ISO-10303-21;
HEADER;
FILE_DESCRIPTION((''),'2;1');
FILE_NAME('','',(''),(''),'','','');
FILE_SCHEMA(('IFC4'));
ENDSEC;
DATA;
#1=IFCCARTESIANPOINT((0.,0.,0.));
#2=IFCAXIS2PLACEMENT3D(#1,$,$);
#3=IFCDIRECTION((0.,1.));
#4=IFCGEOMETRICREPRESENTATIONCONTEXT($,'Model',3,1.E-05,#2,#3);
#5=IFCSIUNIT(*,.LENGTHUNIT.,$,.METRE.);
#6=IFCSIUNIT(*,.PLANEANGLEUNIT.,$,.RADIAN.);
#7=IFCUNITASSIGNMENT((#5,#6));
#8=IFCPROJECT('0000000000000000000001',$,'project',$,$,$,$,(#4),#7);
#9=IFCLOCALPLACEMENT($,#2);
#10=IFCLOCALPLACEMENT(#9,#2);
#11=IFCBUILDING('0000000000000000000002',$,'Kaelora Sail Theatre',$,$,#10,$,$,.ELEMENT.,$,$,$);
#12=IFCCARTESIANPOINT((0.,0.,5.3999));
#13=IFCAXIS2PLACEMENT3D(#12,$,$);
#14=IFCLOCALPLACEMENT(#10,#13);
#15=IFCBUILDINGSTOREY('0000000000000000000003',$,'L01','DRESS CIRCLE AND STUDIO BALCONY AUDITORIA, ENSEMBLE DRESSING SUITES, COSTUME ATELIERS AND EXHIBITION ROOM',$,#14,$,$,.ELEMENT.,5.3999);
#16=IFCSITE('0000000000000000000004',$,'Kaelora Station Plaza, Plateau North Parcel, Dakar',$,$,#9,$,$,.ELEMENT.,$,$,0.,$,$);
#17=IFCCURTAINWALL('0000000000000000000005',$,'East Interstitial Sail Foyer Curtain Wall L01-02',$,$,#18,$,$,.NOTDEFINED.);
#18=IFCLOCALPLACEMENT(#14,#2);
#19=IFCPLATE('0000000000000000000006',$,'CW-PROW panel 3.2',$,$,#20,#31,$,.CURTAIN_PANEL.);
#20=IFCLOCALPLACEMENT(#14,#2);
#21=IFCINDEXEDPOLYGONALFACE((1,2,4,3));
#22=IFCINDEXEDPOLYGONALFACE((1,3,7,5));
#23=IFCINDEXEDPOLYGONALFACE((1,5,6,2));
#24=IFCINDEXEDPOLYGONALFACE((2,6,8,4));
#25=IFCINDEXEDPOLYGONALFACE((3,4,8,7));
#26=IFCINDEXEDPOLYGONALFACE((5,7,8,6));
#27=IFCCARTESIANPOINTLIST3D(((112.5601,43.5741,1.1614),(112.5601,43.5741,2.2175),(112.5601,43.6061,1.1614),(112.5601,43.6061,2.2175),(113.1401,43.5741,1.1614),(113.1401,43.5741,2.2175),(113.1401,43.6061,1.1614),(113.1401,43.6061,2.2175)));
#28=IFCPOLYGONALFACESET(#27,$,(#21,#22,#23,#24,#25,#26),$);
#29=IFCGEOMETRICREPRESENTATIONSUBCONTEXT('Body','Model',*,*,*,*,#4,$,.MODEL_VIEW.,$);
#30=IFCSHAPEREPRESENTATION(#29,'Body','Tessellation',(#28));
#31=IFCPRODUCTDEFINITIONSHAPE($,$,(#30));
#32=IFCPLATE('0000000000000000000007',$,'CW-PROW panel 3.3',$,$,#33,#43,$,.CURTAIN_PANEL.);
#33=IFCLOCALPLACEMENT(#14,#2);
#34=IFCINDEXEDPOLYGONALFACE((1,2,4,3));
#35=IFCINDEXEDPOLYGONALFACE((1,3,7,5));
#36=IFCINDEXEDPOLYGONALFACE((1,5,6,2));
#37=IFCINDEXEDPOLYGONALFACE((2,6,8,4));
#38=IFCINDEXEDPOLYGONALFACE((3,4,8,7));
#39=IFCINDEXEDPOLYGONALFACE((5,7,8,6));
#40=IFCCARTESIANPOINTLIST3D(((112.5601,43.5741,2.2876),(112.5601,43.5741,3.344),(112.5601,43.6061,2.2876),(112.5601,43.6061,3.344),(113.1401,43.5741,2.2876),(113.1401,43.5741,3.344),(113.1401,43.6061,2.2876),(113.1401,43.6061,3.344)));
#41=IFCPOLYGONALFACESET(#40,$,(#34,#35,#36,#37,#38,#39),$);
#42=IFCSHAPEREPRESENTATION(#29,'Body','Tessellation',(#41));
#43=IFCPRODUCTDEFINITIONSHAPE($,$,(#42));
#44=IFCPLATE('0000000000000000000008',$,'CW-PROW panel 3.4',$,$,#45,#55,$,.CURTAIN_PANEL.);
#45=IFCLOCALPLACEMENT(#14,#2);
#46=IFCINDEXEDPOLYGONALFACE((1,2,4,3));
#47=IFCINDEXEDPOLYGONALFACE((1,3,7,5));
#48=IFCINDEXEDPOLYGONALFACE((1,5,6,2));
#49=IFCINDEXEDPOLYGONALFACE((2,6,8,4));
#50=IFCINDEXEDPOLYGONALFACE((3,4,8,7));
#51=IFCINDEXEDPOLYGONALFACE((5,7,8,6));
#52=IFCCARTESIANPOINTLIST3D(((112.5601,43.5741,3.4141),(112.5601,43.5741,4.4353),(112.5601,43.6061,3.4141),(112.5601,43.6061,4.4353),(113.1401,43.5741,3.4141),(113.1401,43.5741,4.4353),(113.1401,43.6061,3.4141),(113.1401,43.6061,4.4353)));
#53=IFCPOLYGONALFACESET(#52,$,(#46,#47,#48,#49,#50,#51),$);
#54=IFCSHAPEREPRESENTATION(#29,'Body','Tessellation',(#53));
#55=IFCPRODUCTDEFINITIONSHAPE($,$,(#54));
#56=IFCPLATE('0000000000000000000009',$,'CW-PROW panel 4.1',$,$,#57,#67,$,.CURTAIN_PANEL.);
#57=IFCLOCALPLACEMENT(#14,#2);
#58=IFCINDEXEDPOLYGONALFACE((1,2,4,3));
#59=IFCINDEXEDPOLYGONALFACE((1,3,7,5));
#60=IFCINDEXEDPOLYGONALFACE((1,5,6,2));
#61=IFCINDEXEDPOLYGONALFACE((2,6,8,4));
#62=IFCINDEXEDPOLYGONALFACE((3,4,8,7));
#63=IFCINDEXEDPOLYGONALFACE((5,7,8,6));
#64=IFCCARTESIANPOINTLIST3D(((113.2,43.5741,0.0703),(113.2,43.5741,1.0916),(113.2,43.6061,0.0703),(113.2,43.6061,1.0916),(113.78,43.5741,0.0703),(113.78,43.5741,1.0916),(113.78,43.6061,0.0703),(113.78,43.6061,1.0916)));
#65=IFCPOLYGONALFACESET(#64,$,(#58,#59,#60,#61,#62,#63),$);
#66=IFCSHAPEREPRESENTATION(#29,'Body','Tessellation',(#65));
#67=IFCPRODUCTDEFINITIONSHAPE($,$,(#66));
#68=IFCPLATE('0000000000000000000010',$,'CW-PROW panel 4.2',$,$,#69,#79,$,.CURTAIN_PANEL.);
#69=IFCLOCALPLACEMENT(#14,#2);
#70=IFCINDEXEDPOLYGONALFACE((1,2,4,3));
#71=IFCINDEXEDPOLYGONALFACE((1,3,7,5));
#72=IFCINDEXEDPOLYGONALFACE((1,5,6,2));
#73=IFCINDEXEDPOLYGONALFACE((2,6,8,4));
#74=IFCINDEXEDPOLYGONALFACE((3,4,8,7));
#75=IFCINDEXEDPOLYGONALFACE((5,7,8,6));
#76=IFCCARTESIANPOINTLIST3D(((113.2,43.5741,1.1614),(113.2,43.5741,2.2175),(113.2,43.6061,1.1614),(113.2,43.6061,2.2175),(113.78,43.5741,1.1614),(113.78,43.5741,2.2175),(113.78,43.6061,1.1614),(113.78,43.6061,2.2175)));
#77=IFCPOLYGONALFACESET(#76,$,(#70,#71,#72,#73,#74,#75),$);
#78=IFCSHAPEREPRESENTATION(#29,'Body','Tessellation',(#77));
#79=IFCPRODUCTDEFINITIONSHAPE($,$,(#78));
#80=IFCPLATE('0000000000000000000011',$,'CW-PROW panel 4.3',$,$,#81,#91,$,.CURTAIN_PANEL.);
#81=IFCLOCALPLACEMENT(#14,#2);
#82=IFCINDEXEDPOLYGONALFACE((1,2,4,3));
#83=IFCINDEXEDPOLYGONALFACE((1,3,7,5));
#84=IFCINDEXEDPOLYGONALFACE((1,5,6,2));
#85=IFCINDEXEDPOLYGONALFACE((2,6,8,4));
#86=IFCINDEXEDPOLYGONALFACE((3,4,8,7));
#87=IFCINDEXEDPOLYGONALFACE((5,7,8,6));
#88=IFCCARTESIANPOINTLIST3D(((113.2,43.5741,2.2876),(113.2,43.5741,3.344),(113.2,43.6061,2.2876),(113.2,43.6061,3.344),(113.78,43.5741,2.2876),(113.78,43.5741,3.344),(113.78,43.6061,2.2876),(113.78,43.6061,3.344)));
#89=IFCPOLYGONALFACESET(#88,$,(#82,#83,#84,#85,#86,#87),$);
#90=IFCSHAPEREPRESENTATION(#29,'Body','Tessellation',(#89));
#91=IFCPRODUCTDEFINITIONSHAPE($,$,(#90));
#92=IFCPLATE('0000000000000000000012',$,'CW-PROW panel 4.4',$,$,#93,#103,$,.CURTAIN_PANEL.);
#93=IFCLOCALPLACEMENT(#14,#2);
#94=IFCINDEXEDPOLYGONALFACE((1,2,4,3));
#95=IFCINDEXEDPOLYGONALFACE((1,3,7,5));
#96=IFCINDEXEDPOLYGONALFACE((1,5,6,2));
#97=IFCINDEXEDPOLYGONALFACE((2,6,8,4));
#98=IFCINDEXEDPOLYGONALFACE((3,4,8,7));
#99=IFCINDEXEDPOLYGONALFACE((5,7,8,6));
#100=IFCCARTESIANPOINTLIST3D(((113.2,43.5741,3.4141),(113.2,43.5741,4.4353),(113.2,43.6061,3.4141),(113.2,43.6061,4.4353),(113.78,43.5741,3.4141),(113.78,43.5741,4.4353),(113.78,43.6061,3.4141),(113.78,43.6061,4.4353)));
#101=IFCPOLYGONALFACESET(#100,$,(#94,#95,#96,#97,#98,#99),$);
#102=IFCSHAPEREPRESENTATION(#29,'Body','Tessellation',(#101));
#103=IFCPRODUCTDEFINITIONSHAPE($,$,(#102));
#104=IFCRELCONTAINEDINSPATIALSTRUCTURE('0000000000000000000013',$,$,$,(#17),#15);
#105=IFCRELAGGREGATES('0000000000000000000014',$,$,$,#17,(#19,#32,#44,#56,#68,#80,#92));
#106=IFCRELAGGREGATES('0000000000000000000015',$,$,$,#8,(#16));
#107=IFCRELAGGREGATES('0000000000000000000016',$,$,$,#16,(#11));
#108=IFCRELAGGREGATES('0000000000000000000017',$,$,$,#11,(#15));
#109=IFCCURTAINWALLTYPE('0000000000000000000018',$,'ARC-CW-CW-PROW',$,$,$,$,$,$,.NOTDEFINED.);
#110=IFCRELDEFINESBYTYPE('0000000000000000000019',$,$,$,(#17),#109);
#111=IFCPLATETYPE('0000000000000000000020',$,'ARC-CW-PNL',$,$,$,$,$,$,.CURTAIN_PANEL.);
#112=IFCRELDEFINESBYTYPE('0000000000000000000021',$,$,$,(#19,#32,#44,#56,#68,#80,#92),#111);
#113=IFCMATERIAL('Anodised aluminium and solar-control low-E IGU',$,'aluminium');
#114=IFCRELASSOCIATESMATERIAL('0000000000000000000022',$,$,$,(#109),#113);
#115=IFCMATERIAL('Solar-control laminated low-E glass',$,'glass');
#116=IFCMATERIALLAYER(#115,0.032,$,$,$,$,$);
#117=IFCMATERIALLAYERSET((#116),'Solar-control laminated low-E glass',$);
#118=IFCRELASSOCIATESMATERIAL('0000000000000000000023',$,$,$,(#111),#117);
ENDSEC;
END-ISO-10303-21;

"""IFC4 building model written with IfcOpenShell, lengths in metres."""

from ifc_helpers import new_model, si_unit, direction, frame, origin, origin_2d, place, context, subcontext, project, spatial, rectangle, extrude, material, layer, layer_set, type_object, element, aggregate, save


model = new_model("IFC4")

# Units and contexts
model_context = context("Model", 3, precision=1e-05, world=origin(), true_north=direction((0.0, 1.0)))
body_context = subcontext(model_context, "Body", "Model", "MODEL_VIEW")
ifc_project = project(units=[si_unit("LENGTHUNIT", "METRE"), si_unit("PLANEANGLEUNIT", "RADIAN")], contexts=[model_context])

# Site, building, storey
site_placement = place(None, origin())
site = spatial("IfcSite", under=ifc_project, at=site_placement, Name="Kaelora Station Plaza, Plateau North Parcel, Dakar", CompositionType="ELEMENT", RefElevation=0.0)
building_placement = place(site_placement, origin())
building = spatial("IfcBuilding", under=site, at=building_placement, Name="Kaelora Sail Theatre", CompositionType="ELEMENT")
storey_placement = place(building_placement, frame((0.0, 0.0, 5.3999)))
storey = spatial("IfcBuildingStorey", under=building, at=storey_placement, Name="L01", Description="DRESS CIRCLE AND STUDIO BALCONY AUDITORIA, ENSEMBLE DRESSING SUITES, COSTUME ATELIERS AND EXHIBITION ROOM", CompositionType="ELEMENT", Elevation=5.3999)

# Curtain wall
ifc_material_1 = material(Name="Anodised aluminium and solar-control low-E IGU", Category="aluminium")
curtain_wall_type = type_object("IfcCurtainWallType", Name="ARC-CW-CW-PROW", PredefinedType="NOTDEFINED", material=ifc_material_1)
curtain_wall_placement = place(storey_placement, origin())
curtain_wall = element("IfcCurtainWall", 1, at=curtain_wall_placement, inside=storey, type_object=curtain_wall_type, Name="East Interstitial Sail Foyer Curtain Wall L01-02", PredefinedType="NOTDEFINED")

# Plates
ifc_material_2 = material(Name="Solar-control laminated low-E glass", Category="glass")
ifc_layer = layer(ifc_material_2, 0.032)
ifc_layer_set = layer_set([ifc_layer], Name="Solar-control laminated low-E glass")
plate_type = type_object("IfcPlateType", Name="ARC-CW-PNL", PredefinedType="CURTAIN_PANEL", material=ifc_layer_set)
plate_1_placement = place(storey_placement, frame((112.8501, 43.5901, 1.1614), z_axis=(0.0, 0.0, 1.0), x_axis=(1.0, 0.0, 0.0)))
plate_1 = element("IfcPlate", 2, at=plate_1_placement, type_object=plate_type, Name="CW-PROW panel 3.2", PredefinedType="CURTAIN_PANEL", context=body_context, shape_type="SweptSolid", body=[
    extrude(rectangle(XDim=0.5801, YDim=0.032, at=origin_2d()), origin(), (0.0, 0.0, 1.0), 1.0562),
])
plate_2_placement = place(storey_placement, frame((112.8501, 43.5901, 2.2876), z_axis=(0.0, 0.0, 1.0), x_axis=(1.0, 0.0, 0.0)))
plate_2 = element("IfcPlate", 3, at=plate_2_placement, type_object=plate_type, Name="CW-PROW panel 3.3", PredefinedType="CURTAIN_PANEL", context=body_context, shape_type="SweptSolid", body=[
    extrude(rectangle(XDim=0.5801, YDim=0.032, at=origin_2d()), origin(), (0.0, 0.0, 1.0), 1.0564),
])
plate_3_placement = place(storey_placement, frame((112.8501, 43.5901, 3.4141), z_axis=(0.0, 0.0, 1.0), x_axis=(1.0, 0.0, 0.0)))
plate_3 = element("IfcPlate", 4, at=plate_3_placement, type_object=plate_type, Name="CW-PROW panel 3.4", PredefinedType="CURTAIN_PANEL", context=body_context, shape_type="SweptSolid", body=[
    extrude(rectangle(XDim=0.5801, YDim=0.032, at=origin_2d()), origin(), (0.0, 0.0, 1.0), 1.0212),
])
plate_4_placement = place(storey_placement, frame((113.49, 43.5901, 0.0703), z_axis=(0.0, 0.0, 1.0), x_axis=(1.0, 0.0, 0.0)))
plate_4 = element("IfcPlate", 5, at=plate_4_placement, type_object=plate_type, Name="CW-PROW panel 4.1", PredefinedType="CURTAIN_PANEL", context=body_context, shape_type="SweptSolid", body=[
    extrude(rectangle(XDim=0.5801, YDim=0.032, at=origin_2d()), origin(), (0.0, 0.0, 1.0), 1.0212),
])
plate_5_placement = place(storey_placement, frame((113.49, 43.5901, 1.1614), z_axis=(0.0, 0.0, 1.0), x_axis=(1.0, 0.0, 0.0)))
plate_5 = element("IfcPlate", 6, at=plate_5_placement, type_object=plate_type, Name="CW-PROW panel 4.2", PredefinedType="CURTAIN_PANEL", context=body_context, shape_type="SweptSolid", body=[
    extrude(rectangle(XDim=0.5801, YDim=0.032, at=origin_2d()), origin(), (0.0, 0.0, 1.0), 1.0562),
])
plate_6_placement = place(storey_placement, frame((113.49, 43.5901, 2.2876), z_axis=(0.0, 0.0, 1.0), x_axis=(1.0, 0.0, 0.0)))
plate_6 = element("IfcPlate", 7, at=plate_6_placement, type_object=plate_type, Name="CW-PROW panel 4.3", PredefinedType="CURTAIN_PANEL", context=body_context, shape_type="SweptSolid", body=[
    extrude(rectangle(XDim=0.5801, YDim=0.032, at=origin_2d()), origin(), (0.0, 0.0, 1.0), 1.0564),
])
plate_7_placement = place(storey_placement, frame((113.49, 43.5901, 3.4141), z_axis=(0.0, 0.0, 1.0), x_axis=(1.0, 0.0, 0.0)))
plate_7 = element("IfcPlate", 8, at=plate_7_placement, type_object=plate_type, Name="CW-PROW panel 4.4", PredefinedType="CURTAIN_PANEL", context=body_context, shape_type="SweptSolid", body=[
    extrude(rectangle(XDim=0.5801, YDim=0.032, at=origin_2d()), origin(), (0.0, 0.0, 1.0), 1.0212),
])
aggregate(curtain_wall, [plate_1, plate_2, plate_3, plate_4, plate_5, plate_6, plate_7])

save(model, "model.ifc")
